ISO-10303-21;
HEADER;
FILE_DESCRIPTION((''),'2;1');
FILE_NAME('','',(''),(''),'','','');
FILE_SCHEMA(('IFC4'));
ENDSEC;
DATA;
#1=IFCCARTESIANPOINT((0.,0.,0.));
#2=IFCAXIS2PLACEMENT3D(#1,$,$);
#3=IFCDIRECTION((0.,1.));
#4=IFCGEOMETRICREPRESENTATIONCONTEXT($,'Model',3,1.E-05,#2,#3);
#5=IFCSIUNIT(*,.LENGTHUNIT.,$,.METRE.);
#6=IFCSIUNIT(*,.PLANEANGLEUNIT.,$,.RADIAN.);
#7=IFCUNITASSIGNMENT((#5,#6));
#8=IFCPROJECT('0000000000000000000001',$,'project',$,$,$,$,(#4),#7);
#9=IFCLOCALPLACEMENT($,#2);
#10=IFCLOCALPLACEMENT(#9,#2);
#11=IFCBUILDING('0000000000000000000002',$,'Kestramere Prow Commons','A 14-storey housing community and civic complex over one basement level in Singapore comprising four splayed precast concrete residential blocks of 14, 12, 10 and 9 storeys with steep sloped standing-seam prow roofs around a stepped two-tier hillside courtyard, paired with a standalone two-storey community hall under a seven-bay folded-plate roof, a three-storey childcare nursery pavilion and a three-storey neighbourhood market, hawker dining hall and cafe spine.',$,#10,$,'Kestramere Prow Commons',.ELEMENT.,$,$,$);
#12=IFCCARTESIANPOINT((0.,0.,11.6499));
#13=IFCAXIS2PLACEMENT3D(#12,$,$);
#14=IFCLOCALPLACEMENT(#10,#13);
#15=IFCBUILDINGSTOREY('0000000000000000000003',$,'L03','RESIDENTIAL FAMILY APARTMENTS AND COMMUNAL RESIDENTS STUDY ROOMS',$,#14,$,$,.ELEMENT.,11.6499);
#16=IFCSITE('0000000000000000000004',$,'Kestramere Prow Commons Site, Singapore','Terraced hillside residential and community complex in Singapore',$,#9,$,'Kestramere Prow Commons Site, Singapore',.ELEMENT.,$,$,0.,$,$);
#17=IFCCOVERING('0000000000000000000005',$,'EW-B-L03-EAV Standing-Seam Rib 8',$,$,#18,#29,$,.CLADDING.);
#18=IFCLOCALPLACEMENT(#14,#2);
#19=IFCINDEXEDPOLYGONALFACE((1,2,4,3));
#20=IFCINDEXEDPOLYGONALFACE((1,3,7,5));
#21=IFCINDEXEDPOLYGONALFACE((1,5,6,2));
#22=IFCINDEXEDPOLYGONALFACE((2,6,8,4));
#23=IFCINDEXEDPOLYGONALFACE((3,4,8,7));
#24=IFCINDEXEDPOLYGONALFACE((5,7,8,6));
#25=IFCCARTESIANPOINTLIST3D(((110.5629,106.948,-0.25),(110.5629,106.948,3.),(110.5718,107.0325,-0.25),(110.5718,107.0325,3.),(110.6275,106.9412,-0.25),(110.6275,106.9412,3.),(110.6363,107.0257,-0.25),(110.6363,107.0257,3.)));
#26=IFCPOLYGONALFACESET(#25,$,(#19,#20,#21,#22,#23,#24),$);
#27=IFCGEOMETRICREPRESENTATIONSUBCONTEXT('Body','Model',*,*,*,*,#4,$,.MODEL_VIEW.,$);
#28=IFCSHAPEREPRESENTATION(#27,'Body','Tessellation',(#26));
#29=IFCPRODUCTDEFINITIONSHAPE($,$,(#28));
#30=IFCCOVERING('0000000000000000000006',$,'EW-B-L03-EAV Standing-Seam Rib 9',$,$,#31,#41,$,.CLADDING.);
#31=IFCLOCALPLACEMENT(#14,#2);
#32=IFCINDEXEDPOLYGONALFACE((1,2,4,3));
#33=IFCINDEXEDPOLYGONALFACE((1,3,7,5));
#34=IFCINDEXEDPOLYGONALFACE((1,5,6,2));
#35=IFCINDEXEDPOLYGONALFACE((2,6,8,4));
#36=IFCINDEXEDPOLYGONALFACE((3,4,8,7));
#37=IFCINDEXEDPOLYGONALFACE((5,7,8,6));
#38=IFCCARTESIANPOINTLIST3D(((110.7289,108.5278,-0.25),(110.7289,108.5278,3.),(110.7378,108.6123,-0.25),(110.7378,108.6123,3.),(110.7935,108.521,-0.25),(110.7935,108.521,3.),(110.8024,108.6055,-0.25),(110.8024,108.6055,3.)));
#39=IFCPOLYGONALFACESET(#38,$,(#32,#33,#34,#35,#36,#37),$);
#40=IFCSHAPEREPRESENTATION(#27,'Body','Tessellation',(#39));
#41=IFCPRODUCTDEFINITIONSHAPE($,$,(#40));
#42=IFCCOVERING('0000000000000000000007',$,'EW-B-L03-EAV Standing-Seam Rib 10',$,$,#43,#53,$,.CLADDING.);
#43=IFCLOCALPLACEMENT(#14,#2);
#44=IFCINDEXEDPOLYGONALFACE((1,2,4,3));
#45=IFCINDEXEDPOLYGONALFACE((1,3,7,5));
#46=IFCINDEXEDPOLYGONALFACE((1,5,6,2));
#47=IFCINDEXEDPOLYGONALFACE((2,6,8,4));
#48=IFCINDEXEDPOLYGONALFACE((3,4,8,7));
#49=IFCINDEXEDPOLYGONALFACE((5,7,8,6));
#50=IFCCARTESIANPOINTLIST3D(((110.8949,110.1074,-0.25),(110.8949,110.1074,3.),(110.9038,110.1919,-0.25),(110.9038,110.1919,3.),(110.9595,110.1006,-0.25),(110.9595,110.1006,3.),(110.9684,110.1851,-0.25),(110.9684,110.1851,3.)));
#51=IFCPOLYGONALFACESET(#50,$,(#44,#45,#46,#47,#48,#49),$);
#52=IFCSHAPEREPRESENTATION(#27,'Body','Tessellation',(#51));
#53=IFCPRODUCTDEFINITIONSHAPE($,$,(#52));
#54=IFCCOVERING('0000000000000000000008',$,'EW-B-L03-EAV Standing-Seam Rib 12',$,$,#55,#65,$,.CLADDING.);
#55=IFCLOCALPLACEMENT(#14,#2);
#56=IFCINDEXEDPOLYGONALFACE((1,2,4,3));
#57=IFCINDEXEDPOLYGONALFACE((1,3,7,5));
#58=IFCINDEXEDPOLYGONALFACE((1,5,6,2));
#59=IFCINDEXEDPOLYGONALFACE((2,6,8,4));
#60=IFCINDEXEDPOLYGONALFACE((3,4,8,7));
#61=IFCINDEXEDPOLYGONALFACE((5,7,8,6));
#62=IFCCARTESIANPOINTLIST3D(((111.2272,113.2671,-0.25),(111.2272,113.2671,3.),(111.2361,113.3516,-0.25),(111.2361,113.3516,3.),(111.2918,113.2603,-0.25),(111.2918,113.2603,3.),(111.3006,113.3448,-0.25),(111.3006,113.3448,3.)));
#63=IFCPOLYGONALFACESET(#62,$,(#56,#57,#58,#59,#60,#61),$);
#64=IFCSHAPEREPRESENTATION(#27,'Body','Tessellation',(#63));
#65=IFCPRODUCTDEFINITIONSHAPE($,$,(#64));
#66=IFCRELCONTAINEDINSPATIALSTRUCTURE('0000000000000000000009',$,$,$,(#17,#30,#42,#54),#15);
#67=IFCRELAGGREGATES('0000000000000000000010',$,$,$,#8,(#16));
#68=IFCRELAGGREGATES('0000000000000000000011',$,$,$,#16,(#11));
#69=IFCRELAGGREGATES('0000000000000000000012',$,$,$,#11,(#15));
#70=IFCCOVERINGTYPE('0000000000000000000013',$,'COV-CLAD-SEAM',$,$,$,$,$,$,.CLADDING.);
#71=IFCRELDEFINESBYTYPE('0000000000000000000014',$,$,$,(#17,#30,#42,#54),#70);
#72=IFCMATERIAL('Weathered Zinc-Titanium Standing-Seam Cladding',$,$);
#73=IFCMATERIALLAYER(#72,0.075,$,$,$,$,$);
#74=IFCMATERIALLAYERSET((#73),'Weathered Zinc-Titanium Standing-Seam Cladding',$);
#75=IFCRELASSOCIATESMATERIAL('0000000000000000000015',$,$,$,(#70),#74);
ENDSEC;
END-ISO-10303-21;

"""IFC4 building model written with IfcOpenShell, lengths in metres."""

from ifc_helpers import new_model, si_unit, direction, frame, origin, origin_2d, place, context, subcontext, project, spatial, rectangle, extrude, material, layer, layer_set, type_object, element, save


model = new_model("IFC4")

# Units and contexts
model_context = context("Model", 3, precision=1e-05, world=origin(), true_north=direction((0.0, 1.0)))
body_context = subcontext(model_context, "Body", "Model", "MODEL_VIEW")
ifc_project = project(units=[si_unit("LENGTHUNIT", "METRE"), si_unit("PLANEANGLEUNIT", "RADIAN")], contexts=[model_context])

# Site, building, storey
site_placement = place(None, origin())
site = spatial("IfcSite", under=ifc_project, at=site_placement, Name="Kestramere Prow Commons Site, Singapore", Description="Terraced hillside residential and community complex in Singapore", LongName="Kestramere Prow Commons Site, Singapore", CompositionType="ELEMENT", RefElevation=0.0)
building_placement = place(site_placement, origin())
building = spatial("IfcBuilding", under=site, at=building_placement, Name="Kestramere Prow Commons", Description="A 14-storey housing community and civic complex over one basement level in Singapore comprising four splayed precast concrete residential blocks of 14, 12, 10 and 9 storeys with steep sloped standing-seam prow roofs around a stepped two-tier hillside courtyard, paired with a standalone two-storey community hall under a seven-bay folded-plate roof, a three-storey childcare nursery pavilion and a three-storey neighbourhood market, hawker dining hall and cafe spine.", LongName="Kestramere Prow Commons", CompositionType="ELEMENT")
storey_placement = place(building_placement, frame((0.0, 0.0, 11.6499)))
storey = spatial("IfcBuildingStorey", under=building, at=storey_placement, Name="L03", Description="RESIDENTIAL FAMILY APARTMENTS AND COMMUNAL RESIDENTS STUDY ROOMS", CompositionType="ELEMENT", Elevation=11.6499)

# Coverings
ifc_material_1 = material(Name="Weathered Zinc-Titanium Standing-Seam Cladding")
ifc_layer_1 = layer(ifc_material_1, 0.075)
ifc_layer_set_1 = layer_set([ifc_layer_1], Name="Weathered Zinc-Titanium Standing-Seam Cladding")
covering_type = type_object("IfcCoveringType", Name="COV-CLAD-SEAM", PredefinedType="CLADDING", material=ifc_layer_set_1)
for number, where, z_axis, x_axis, name in (
    (1, (110.5996, 106.9868, -0.25), (0.0, 0.0, 1.0), (0.104528, 0.994522, 0.0), "EW-B-L03-EAV Standing-Seam Rib 8"),
    (2, (110.7656, 108.5667, -0.25), (0.0, 0.0, 1.0), (0.104528, 0.994522, 0.0), "EW-B-L03-EAV Standing-Seam Rib 9"),
    (3, (110.9316, 110.1462, -0.25), (0.0, 0.0, 1.0), (0.104528, 0.994522, 0.0), "EW-B-L03-EAV Standing-Seam Rib 10"),
    (4, (111.2639, 113.3059, -0.25), (0.0, 0.0, 1.0), (0.104528, 0.994522, 0.0), "EW-B-L03-EAV Standing-Seam Rib 12"),
):
    element("IfcCovering", number, at=place(storey_placement, frame(where, z_axis=z_axis, x_axis=x_axis)), inside=storey, type_object=covering_type, Name=name, PredefinedType="CLADDING", context=body_context, shape_type="SweptSolid", body=[
        extrude(rectangle(XDim=0.085, YDim=0.0649, at=origin_2d()), origin(), (0.0, 0.0, 1.0), 3.25),
    ])

save(model, "model.ifc")
